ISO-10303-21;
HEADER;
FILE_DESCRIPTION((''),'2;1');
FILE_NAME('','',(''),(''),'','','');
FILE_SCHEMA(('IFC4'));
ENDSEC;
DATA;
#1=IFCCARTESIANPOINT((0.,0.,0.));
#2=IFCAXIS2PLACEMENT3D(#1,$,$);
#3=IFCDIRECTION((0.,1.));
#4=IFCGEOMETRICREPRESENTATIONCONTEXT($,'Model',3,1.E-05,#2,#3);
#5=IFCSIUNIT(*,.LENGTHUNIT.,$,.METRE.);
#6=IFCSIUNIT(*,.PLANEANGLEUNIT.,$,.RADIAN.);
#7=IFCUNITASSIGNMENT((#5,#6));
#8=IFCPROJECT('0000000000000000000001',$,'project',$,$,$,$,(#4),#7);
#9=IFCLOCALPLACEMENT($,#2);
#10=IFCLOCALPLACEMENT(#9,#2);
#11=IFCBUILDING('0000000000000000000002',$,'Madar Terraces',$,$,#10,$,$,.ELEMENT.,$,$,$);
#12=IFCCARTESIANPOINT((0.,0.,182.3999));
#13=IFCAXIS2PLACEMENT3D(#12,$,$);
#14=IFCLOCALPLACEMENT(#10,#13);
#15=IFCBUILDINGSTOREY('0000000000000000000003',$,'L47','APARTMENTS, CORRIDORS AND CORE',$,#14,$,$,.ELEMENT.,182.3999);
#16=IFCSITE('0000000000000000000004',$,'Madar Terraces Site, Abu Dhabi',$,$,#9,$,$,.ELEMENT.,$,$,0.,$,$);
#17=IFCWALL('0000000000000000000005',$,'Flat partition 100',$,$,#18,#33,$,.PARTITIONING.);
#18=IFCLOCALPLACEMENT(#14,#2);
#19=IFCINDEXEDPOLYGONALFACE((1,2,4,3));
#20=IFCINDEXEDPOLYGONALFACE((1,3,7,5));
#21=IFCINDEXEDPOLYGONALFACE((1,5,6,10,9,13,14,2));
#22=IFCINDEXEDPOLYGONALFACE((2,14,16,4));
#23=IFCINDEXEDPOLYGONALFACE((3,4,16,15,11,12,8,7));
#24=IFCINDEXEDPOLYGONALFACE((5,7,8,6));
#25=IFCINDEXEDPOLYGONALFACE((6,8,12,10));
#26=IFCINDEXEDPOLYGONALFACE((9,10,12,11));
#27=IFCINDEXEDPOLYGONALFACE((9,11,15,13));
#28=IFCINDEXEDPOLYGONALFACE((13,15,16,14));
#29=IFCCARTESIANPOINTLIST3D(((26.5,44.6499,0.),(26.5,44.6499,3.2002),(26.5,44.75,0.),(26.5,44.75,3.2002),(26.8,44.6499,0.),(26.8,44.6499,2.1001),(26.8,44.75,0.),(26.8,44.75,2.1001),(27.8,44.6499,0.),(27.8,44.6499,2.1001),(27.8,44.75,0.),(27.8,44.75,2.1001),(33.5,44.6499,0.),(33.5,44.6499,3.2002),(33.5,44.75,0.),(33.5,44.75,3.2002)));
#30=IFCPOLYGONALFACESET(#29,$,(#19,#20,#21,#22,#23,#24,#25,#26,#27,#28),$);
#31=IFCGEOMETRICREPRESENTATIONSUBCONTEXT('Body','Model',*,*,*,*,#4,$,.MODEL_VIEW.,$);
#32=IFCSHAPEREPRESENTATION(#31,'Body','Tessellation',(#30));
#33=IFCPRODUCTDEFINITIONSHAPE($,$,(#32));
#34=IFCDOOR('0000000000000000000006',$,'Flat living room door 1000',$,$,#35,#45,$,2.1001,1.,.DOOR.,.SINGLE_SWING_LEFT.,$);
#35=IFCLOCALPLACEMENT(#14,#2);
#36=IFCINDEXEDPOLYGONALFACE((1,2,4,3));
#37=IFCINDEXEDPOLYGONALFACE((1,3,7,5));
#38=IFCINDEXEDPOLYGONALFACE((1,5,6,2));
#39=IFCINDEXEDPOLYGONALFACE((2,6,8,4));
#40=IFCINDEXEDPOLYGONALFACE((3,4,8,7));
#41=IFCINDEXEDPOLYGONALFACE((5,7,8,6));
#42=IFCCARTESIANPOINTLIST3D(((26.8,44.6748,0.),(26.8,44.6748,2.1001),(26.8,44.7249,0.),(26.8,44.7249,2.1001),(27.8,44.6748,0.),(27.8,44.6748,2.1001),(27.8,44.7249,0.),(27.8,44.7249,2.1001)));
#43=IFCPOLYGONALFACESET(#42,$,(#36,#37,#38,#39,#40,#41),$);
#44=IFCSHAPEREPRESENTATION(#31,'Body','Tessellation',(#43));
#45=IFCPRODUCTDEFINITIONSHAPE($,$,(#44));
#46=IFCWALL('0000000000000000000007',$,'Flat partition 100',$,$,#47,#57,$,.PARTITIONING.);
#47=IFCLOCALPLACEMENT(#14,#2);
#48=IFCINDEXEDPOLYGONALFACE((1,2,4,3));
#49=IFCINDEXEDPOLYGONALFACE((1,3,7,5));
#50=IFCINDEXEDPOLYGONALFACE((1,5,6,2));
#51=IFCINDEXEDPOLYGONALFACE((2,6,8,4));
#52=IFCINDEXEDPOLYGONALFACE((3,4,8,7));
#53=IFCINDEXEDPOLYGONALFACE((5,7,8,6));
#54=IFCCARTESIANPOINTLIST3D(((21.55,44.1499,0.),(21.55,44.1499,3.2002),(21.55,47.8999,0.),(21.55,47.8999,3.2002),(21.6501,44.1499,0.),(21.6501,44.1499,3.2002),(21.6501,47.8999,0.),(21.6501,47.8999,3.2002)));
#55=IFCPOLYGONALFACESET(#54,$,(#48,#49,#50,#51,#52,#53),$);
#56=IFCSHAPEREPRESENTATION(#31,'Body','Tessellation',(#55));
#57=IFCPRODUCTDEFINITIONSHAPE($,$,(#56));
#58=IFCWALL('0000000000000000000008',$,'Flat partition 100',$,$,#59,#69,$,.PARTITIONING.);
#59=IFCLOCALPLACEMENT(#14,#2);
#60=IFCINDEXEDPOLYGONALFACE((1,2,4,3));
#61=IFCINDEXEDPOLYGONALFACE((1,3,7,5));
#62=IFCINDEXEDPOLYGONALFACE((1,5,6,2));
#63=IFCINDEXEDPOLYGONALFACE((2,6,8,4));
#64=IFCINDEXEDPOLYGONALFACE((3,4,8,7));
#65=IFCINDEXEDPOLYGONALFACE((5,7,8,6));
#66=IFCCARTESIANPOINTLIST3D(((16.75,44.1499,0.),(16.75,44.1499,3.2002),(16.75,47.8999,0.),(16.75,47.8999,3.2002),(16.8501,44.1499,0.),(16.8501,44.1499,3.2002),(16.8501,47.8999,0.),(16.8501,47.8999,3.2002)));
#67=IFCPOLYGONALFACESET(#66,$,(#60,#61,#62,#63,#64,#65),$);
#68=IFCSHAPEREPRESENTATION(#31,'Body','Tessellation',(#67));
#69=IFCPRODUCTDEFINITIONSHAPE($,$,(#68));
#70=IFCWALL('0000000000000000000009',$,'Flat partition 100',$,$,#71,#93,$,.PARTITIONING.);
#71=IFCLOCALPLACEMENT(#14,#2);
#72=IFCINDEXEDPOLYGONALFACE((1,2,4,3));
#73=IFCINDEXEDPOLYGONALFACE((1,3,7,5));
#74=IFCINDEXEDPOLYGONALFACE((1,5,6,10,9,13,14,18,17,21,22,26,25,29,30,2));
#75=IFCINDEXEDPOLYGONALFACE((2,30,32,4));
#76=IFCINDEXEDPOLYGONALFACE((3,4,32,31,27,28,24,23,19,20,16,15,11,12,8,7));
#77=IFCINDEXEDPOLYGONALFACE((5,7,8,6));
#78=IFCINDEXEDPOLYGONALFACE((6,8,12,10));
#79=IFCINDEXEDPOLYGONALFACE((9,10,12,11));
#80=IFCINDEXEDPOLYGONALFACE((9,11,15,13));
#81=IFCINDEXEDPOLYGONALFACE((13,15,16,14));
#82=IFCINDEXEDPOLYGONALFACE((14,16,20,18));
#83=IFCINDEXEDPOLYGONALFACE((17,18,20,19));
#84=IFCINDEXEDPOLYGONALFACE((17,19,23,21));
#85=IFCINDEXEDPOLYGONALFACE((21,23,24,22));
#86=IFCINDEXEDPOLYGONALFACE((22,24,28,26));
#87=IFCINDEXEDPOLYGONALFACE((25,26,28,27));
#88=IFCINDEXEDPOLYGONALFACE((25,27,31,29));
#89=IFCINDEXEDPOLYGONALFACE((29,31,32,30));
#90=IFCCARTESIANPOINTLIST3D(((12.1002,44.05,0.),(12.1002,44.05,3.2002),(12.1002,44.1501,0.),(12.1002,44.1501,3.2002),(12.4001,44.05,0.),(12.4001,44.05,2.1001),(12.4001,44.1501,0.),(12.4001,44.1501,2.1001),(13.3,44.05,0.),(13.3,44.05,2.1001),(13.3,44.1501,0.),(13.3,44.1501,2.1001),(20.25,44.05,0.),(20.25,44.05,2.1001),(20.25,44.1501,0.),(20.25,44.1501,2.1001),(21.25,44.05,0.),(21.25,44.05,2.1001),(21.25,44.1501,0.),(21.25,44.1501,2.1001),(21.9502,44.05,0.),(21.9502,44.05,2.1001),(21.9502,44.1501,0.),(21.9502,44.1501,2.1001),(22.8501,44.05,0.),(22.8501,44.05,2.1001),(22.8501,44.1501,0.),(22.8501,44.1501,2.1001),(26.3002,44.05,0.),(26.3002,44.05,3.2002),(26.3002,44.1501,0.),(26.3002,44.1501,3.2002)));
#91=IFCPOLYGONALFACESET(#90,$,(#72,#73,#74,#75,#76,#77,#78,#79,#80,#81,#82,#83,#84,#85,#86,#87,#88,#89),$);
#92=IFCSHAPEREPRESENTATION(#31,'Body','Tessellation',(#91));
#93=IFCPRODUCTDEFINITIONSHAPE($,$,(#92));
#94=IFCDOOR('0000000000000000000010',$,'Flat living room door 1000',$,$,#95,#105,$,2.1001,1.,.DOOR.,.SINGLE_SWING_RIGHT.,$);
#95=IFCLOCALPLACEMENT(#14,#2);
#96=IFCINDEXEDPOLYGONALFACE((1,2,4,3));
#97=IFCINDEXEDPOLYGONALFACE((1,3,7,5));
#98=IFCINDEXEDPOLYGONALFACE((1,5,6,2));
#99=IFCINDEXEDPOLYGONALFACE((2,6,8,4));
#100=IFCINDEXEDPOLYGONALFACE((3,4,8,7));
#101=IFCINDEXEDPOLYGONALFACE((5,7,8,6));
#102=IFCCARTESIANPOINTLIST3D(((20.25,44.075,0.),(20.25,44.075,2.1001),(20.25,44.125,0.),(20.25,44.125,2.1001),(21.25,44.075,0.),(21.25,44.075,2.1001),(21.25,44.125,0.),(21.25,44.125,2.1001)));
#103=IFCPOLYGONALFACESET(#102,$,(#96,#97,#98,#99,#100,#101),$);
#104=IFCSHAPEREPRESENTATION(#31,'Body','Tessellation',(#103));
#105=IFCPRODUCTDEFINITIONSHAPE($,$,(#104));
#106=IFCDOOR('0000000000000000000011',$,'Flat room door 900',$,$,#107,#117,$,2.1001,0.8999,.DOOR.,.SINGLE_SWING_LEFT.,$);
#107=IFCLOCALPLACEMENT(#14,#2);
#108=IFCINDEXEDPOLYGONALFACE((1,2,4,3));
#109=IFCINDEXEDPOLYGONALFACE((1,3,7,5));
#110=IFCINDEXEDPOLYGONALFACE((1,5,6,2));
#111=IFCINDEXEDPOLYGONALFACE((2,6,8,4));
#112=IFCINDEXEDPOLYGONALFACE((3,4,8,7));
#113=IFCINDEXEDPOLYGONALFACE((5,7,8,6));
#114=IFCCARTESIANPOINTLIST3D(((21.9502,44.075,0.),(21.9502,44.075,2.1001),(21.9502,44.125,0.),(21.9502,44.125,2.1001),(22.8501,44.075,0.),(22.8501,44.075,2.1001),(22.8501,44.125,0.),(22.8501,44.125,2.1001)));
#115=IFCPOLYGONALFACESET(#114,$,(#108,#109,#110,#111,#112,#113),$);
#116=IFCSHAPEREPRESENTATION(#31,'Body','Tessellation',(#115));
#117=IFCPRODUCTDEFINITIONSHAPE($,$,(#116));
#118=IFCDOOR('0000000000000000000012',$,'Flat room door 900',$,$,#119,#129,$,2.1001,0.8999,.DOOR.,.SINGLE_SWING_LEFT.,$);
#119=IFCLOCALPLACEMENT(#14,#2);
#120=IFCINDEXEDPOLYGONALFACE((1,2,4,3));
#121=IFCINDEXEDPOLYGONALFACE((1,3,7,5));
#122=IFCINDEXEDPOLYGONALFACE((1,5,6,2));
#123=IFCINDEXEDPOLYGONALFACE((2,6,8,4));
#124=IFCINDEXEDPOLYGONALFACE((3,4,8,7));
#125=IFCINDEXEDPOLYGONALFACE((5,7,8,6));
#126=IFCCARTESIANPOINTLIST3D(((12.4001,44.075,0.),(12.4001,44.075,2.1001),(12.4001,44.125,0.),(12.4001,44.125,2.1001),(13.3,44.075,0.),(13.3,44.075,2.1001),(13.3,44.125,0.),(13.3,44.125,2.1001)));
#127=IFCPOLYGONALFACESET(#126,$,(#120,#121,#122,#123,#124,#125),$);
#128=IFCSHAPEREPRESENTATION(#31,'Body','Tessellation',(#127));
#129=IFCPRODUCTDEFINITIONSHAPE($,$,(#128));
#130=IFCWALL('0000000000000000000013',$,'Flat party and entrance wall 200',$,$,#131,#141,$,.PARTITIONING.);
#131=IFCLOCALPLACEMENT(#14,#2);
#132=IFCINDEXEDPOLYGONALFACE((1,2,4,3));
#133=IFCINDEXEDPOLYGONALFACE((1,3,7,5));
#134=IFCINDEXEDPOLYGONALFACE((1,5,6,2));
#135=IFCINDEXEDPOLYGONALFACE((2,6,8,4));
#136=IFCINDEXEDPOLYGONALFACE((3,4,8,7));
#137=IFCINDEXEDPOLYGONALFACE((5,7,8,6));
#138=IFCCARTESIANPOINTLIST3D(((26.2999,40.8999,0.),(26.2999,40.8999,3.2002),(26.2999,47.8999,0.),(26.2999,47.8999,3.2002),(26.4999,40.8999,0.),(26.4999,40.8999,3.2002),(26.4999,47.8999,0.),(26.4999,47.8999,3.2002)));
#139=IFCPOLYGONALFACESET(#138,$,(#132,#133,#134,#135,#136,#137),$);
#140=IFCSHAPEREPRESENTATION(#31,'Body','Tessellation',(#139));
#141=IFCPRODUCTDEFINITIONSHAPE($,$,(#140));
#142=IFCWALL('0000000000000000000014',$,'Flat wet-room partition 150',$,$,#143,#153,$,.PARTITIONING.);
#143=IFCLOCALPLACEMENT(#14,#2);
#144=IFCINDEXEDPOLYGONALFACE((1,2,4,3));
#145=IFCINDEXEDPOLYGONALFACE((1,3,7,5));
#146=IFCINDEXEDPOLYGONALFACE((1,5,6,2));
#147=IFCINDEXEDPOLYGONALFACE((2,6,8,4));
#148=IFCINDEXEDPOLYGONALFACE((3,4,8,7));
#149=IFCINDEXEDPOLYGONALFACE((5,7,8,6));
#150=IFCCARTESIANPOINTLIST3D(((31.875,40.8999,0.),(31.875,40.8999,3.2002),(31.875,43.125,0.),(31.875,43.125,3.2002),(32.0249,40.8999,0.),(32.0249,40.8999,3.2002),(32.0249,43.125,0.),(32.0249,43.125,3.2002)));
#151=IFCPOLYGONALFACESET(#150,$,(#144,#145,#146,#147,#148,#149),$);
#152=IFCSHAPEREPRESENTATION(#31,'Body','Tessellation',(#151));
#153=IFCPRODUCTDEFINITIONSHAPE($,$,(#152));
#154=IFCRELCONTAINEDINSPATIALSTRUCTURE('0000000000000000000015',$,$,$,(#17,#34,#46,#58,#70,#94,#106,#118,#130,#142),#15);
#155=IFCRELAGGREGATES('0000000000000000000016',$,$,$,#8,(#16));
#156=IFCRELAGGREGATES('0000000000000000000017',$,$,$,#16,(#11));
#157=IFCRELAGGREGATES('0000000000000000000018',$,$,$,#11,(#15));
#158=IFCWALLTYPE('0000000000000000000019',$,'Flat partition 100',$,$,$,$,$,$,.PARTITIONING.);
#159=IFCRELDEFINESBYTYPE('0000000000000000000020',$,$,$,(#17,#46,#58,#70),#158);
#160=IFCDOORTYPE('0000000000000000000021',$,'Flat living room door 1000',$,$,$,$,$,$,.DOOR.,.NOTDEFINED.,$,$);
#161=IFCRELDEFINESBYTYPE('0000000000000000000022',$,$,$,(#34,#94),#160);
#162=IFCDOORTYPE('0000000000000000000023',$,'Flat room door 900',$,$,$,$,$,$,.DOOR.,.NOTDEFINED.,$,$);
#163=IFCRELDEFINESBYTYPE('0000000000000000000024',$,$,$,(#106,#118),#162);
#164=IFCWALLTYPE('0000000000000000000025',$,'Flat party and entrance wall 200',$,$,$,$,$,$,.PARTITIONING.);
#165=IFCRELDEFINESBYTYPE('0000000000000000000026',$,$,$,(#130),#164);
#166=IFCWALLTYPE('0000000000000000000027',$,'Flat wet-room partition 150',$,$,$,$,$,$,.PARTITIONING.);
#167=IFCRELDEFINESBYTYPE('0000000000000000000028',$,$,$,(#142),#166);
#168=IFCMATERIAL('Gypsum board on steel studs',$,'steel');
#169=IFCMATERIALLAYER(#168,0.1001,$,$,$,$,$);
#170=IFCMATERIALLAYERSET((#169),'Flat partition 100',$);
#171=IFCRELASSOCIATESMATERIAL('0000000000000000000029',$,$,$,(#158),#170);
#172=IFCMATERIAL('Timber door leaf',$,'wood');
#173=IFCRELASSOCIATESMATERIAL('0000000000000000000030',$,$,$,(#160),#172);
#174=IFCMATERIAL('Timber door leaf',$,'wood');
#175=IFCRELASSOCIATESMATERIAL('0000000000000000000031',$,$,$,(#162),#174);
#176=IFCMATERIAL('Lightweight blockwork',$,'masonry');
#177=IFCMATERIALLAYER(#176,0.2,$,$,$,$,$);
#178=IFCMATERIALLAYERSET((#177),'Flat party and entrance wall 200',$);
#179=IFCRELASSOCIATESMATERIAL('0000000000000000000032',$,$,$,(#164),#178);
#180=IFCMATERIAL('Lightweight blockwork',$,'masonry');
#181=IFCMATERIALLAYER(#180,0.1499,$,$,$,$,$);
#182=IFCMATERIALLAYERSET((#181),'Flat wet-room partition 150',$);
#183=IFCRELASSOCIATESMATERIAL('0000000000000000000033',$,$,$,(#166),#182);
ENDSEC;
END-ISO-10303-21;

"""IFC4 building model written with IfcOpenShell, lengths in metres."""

from ifc_helpers import new_model, si_unit, direction, frame, frame_2d, origin, place, context, subcontext, project, spatial, rectangle, extrude, material, layer, layer_set, type_object, element, fill, save


model = new_model("IFC4")

# Units and contexts
model_context = context("Model", 3, precision=1e-05, world=origin(), true_north=direction((0.0, 1.0)))
body_context = subcontext(model_context, "Body", "Model", "MODEL_VIEW")
ifc_project = project(units=[si_unit("LENGTHUNIT", "METRE"), si_unit("PLANEANGLEUNIT", "RADIAN")], contexts=[model_context])

# Site, building, storey
site_placement = place(None, origin())
site = spatial("IfcSite", under=ifc_project, at=site_placement, Name="Madar Terraces Site, Abu Dhabi", CompositionType="ELEMENT", RefElevation=0.0)
building_placement = place(site_placement, origin())
building = spatial("IfcBuilding", under=site, at=building_placement, Name="Madar Terraces", CompositionType="ELEMENT")
storey_placement = place(building_placement, frame((0.0, 0.0, 182.3999)))
storey = spatial("IfcBuildingStorey", under=building, at=storey_placement, Name="L47", Description="APARTMENTS, CORRIDORS AND CORE", CompositionType="ELEMENT", Elevation=182.3999)

# Wall, opening, door
ifc_material_1 = material(Name="Gypsum board on steel studs", Category="steel")
ifc_layer_1 = layer(ifc_material_1, 0.1001)
ifc_layer_set_1 = layer_set([ifc_layer_1], Name="Flat partition 100")
wall_type_1 = type_object("IfcWallType", Name="Flat partition 100", PredefinedType="PARTITIONING", material=ifc_layer_set_1)
wall_1_placement = place(storey_placement, frame((26.5, 44.7, 0.0), z_axis=(0.0, 0.0, 1.0), x_axis=(1.0, 0.0, 0.0)))
wall_1 = element("IfcWall", 1, at=wall_1_placement, inside=storey, type_object=wall_type_1, Name="Flat partition 100", PredefinedType="PARTITIONING", context=body_context, shape_type="SweptSolid", body=[
    extrude(rectangle(XDim=7.0, YDim=0.1001, at=frame_2d((3.5, 0.0))), origin(), (0.0, 0.0, 1.0), 3.2002),
])
opening_1_placement = place(wall_1_placement, frame((0.3, 0.0, 0.0)))
opening_1 = element("IfcOpeningElement", 2, at=opening_1_placement, cuts=wall_1, PredefinedType="OPENING", context=body_context, shape_type="SweptSolid", body=[
    extrude(rectangle(XDim=1.0, YDim=2.1001, at=frame_2d((0.5, 1.05))), frame((0.0, 0.0601, 0.0), z_axis=(0.0, -1.0, 0.0), x_axis=(1.0, 0.0, 0.0)), (0.0, 0.0, 1.0), 0.1201),
])
ifc_material_2 = material(Name="Timber door leaf", Category="wood")
door_type_1 = type_object("IfcDoorType", Name="Flat living room door 1000", OperationType="NOTDEFINED", PredefinedType="DOOR", material=ifc_material_2)
door_1_placement = place(opening_1_placement, origin())
door_1 = element("IfcDoor", 3, at=door_1_placement, inside=storey, type_object=door_type_1, Name="Flat living room door 1000", OperationType="SINGLE_SWING_LEFT", OverallHeight=2.1001, OverallWidth=1.0, PredefinedType="DOOR", context=body_context, shape_type="SweptSolid", body=[
    extrude(rectangle(XDim=1.0, YDim=2.1001, at=frame_2d((0.5, 1.05))), frame((0.0, 0.0249, 0.0), z_axis=(0.0, -1.0, 0.0), x_axis=(1.0, 0.0, 0.0)), (0.0, 0.0, 1.0), 0.05),
])
fill(opening_1, door_1)

# Walls
for number, where, z_axis, x_axis, name in (
    (4, (21.6001, 44.1499, 0.0), (0.0, 0.0, 1.0), (0.0, 1.0, 0.0), "Flat partition 100"),
    (5, (16.8, 44.1499, 0.0), (0.0, 0.0, 1.0), (0.0, 1.0, 0.0), "Flat partition 100"),
):
    element("IfcWall", number, at=place(storey_placement, frame(where, z_axis=z_axis, x_axis=x_axis)), inside=storey, type_object=wall_type_1, Name=name, PredefinedType="PARTITIONING", context=body_context, shape_type="SweptSolid", body=[
        extrude(rectangle(XDim=3.75, YDim=0.1001, at=frame_2d((1.875, 0.0))), origin(), (0.0, 0.0, 1.0), 3.2002),
    ])

# Wall, openings, doors
wall_2_placement = place(storey_placement, frame((12.1001, 44.1001, 0.0), z_axis=(0.0, 0.0, 1.0), x_axis=(1.0, 0.0, 0.0)))
wall_2 = element("IfcWall", 6, at=wall_2_placement, inside=storey, type_object=wall_type_1, Name="Flat partition 100", PredefinedType="PARTITIONING", context=body_context, shape_type="SweptSolid", body=[
    extrude(rectangle(XDim=14.2, YDim=0.1001, at=frame_2d((7.1001, 0.0))), origin(), (0.0, 0.0, 1.0), 3.2002),
])
opening_2_placement = place(wall_2_placement, frame((9.8501, 0.0, 0.0)))
opening_2 = element("IfcOpeningElement", 7, at=opening_2_placement, cuts=wall_2, PredefinedType="OPENING", context=body_context, shape_type="SweptSolid", body=[
    extrude(rectangle(XDim=0.8999, YDim=2.1001, at=frame_2d((0.45, 1.05))), frame((0.0, 0.0601, 0.0), z_axis=(0.0, -1.0, 0.0), x_axis=(1.0, 0.0, 0.0)), (0.0, 0.0, 1.0), 0.1201),
])
opening_3_placement = place(wall_2_placement, frame((8.1499, 0.0, 0.0)))
opening_3 = element("IfcOpeningElement", 8, at=opening_3_placement, cuts=wall_2, PredefinedType="OPENING", context=body_context, shape_type="SweptSolid", body=[
    extrude(rectangle(XDim=1.0, YDim=2.1001, at=frame_2d((0.5, 1.05))), frame((0.0, 0.0601, 0.0), z_axis=(0.0, -1.0, 0.0), x_axis=(1.0, 0.0, 0.0)), (0.0, 0.0, 1.0), 0.1201),
])
opening_4_placement = place(wall_2_placement, frame((0.3, 0.0, 0.0)))
opening_4 = element("IfcOpeningElement", 9, at=opening_4_placement, cuts=wall_2, PredefinedType="OPENING", context=body_context, shape_type="SweptSolid", body=[
    extrude(rectangle(XDim=0.8999, YDim=2.1001, at=frame_2d((0.45, 1.05))), frame((0.0, 0.0601, 0.0), z_axis=(0.0, -1.0, 0.0), x_axis=(1.0, 0.0, 0.0)), (0.0, 0.0, 1.0), 0.1201),
])
door_2_placement = place(opening_3_placement, origin())
door_2 = element("IfcDoor", 10, at=door_2_placement, inside=storey, type_object=door_type_1, Name="Flat living room door 1000", OperationType="SINGLE_SWING_RIGHT", OverallHeight=2.1001, OverallWidth=1.0, PredefinedType="DOOR", context=body_context, shape_type="SweptSolid", body=[
    extrude(rectangle(XDim=1.0, YDim=2.1001, at=frame_2d((0.5, 1.05))), frame((0.0, 0.0249, 0.0), z_axis=(0.0, -1.0, 0.0), x_axis=(1.0, 0.0, 0.0)), (0.0, 0.0, 1.0), 0.05),
])
fill(opening_3, door_2)
ifc_material_3 = material(Name="Timber door leaf", Category="wood")
door_type_2 = type_object("IfcDoorType", Name="Flat room door 900", OperationType="NOTDEFINED", PredefinedType="DOOR", material=ifc_material_3)
door_3_placement = place(opening_2_placement, origin())
door_3 = element("IfcDoor", 11, at=door_3_placement, inside=storey, type_object=door_type_2, Name="Flat room door 900", OperationType="SINGLE_SWING_LEFT", OverallHeight=2.1001, OverallWidth=0.8999, PredefinedType="DOOR", context=body_context, shape_type="SweptSolid", body=[
    extrude(rectangle(XDim=0.8999, YDim=2.1001, at=frame_2d((0.45, 1.05))), frame((0.0, 0.0249, 0.0), z_axis=(0.0, -1.0, 0.0), x_axis=(1.0, 0.0, 0.0)), (0.0, 0.0, 1.0), 0.05),
])
fill(opening_2, door_3)
door_4_placement = place(opening_4_placement, origin())
door_4 = element("IfcDoor", 12, at=door_4_placement, inside=storey, type_object=door_type_2, Name="Flat room door 900", OperationType="SINGLE_SWING_LEFT", OverallHeight=2.1001, OverallWidth=0.8999, PredefinedType="DOOR", context=body_context, shape_type="SweptSolid", body=[
    extrude(rectangle(XDim=0.8999, YDim=2.1001, at=frame_2d((0.45, 1.05))), frame((0.0, 0.0249, 0.0), z_axis=(0.0, -1.0, 0.0), x_axis=(1.0, 0.0, 0.0)), (0.0, 0.0, 1.0), 0.05),
])
fill(opening_4, door_4)

# Walls
ifc_material_4 = material(Name="Lightweight blockwork", Category="masonry")
ifc_layer_2 = layer(ifc_material_4, 0.2)
ifc_layer_set_2 = layer_set([ifc_layer_2], Name="Flat party and entrance wall 200")
wall_type_2 = type_object("IfcWallType", Name="Flat party and entrance wall 200", PredefinedType="PARTITIONING", material=ifc_layer_set_2)
wall_3_placement = place(storey_placement, frame((26.3999, 47.8999, 0.0), z_axis=(0.0, 0.0, 1.0), x_axis=(0.0, -1.0, 0.0)))
element("IfcWall", 13, at=wall_3_placement, inside=storey, type_object=wall_type_2, Name="Flat party and entrance wall 200", PredefinedType="PARTITIONING", context=body_context, shape_type="SweptSolid", body=[
    extrude(rectangle(XDim=7.0, YDim=0.2, at=frame_2d((3.5, 0.0))), origin(), (0.0, 0.0, 1.0), 3.2002),
])
ifc_material_5 = material(Name="Lightweight blockwork", Category="masonry")
ifc_layer_3 = layer(ifc_material_5, 0.1499)
ifc_layer_set_3 = layer_set([ifc_layer_3], Name="Flat wet-room partition 150")
wall_type_3 = type_object("IfcWallType", Name="Flat wet-room partition 150", PredefinedType="PARTITIONING", material=ifc_layer_set_3)
wall_4_placement = place(storey_placement, frame((31.95, 40.8999, 0.0), z_axis=(0.0, 0.0, 1.0), x_axis=(0.0, 1.0, 0.0)))
element("IfcWall", 14, at=wall_4_placement, inside=storey, type_object=wall_type_3, Name="Flat wet-room partition 150", PredefinedType="PARTITIONING", context=body_context, shape_type="SweptSolid", body=[
    extrude(rectangle(XDim=2.2251, YDim=0.1499, at=frame_2d((1.1125, 0.0))), origin(), (0.0, 0.0, 1.0), 3.2002),
])

save(model, "model.ifc")
